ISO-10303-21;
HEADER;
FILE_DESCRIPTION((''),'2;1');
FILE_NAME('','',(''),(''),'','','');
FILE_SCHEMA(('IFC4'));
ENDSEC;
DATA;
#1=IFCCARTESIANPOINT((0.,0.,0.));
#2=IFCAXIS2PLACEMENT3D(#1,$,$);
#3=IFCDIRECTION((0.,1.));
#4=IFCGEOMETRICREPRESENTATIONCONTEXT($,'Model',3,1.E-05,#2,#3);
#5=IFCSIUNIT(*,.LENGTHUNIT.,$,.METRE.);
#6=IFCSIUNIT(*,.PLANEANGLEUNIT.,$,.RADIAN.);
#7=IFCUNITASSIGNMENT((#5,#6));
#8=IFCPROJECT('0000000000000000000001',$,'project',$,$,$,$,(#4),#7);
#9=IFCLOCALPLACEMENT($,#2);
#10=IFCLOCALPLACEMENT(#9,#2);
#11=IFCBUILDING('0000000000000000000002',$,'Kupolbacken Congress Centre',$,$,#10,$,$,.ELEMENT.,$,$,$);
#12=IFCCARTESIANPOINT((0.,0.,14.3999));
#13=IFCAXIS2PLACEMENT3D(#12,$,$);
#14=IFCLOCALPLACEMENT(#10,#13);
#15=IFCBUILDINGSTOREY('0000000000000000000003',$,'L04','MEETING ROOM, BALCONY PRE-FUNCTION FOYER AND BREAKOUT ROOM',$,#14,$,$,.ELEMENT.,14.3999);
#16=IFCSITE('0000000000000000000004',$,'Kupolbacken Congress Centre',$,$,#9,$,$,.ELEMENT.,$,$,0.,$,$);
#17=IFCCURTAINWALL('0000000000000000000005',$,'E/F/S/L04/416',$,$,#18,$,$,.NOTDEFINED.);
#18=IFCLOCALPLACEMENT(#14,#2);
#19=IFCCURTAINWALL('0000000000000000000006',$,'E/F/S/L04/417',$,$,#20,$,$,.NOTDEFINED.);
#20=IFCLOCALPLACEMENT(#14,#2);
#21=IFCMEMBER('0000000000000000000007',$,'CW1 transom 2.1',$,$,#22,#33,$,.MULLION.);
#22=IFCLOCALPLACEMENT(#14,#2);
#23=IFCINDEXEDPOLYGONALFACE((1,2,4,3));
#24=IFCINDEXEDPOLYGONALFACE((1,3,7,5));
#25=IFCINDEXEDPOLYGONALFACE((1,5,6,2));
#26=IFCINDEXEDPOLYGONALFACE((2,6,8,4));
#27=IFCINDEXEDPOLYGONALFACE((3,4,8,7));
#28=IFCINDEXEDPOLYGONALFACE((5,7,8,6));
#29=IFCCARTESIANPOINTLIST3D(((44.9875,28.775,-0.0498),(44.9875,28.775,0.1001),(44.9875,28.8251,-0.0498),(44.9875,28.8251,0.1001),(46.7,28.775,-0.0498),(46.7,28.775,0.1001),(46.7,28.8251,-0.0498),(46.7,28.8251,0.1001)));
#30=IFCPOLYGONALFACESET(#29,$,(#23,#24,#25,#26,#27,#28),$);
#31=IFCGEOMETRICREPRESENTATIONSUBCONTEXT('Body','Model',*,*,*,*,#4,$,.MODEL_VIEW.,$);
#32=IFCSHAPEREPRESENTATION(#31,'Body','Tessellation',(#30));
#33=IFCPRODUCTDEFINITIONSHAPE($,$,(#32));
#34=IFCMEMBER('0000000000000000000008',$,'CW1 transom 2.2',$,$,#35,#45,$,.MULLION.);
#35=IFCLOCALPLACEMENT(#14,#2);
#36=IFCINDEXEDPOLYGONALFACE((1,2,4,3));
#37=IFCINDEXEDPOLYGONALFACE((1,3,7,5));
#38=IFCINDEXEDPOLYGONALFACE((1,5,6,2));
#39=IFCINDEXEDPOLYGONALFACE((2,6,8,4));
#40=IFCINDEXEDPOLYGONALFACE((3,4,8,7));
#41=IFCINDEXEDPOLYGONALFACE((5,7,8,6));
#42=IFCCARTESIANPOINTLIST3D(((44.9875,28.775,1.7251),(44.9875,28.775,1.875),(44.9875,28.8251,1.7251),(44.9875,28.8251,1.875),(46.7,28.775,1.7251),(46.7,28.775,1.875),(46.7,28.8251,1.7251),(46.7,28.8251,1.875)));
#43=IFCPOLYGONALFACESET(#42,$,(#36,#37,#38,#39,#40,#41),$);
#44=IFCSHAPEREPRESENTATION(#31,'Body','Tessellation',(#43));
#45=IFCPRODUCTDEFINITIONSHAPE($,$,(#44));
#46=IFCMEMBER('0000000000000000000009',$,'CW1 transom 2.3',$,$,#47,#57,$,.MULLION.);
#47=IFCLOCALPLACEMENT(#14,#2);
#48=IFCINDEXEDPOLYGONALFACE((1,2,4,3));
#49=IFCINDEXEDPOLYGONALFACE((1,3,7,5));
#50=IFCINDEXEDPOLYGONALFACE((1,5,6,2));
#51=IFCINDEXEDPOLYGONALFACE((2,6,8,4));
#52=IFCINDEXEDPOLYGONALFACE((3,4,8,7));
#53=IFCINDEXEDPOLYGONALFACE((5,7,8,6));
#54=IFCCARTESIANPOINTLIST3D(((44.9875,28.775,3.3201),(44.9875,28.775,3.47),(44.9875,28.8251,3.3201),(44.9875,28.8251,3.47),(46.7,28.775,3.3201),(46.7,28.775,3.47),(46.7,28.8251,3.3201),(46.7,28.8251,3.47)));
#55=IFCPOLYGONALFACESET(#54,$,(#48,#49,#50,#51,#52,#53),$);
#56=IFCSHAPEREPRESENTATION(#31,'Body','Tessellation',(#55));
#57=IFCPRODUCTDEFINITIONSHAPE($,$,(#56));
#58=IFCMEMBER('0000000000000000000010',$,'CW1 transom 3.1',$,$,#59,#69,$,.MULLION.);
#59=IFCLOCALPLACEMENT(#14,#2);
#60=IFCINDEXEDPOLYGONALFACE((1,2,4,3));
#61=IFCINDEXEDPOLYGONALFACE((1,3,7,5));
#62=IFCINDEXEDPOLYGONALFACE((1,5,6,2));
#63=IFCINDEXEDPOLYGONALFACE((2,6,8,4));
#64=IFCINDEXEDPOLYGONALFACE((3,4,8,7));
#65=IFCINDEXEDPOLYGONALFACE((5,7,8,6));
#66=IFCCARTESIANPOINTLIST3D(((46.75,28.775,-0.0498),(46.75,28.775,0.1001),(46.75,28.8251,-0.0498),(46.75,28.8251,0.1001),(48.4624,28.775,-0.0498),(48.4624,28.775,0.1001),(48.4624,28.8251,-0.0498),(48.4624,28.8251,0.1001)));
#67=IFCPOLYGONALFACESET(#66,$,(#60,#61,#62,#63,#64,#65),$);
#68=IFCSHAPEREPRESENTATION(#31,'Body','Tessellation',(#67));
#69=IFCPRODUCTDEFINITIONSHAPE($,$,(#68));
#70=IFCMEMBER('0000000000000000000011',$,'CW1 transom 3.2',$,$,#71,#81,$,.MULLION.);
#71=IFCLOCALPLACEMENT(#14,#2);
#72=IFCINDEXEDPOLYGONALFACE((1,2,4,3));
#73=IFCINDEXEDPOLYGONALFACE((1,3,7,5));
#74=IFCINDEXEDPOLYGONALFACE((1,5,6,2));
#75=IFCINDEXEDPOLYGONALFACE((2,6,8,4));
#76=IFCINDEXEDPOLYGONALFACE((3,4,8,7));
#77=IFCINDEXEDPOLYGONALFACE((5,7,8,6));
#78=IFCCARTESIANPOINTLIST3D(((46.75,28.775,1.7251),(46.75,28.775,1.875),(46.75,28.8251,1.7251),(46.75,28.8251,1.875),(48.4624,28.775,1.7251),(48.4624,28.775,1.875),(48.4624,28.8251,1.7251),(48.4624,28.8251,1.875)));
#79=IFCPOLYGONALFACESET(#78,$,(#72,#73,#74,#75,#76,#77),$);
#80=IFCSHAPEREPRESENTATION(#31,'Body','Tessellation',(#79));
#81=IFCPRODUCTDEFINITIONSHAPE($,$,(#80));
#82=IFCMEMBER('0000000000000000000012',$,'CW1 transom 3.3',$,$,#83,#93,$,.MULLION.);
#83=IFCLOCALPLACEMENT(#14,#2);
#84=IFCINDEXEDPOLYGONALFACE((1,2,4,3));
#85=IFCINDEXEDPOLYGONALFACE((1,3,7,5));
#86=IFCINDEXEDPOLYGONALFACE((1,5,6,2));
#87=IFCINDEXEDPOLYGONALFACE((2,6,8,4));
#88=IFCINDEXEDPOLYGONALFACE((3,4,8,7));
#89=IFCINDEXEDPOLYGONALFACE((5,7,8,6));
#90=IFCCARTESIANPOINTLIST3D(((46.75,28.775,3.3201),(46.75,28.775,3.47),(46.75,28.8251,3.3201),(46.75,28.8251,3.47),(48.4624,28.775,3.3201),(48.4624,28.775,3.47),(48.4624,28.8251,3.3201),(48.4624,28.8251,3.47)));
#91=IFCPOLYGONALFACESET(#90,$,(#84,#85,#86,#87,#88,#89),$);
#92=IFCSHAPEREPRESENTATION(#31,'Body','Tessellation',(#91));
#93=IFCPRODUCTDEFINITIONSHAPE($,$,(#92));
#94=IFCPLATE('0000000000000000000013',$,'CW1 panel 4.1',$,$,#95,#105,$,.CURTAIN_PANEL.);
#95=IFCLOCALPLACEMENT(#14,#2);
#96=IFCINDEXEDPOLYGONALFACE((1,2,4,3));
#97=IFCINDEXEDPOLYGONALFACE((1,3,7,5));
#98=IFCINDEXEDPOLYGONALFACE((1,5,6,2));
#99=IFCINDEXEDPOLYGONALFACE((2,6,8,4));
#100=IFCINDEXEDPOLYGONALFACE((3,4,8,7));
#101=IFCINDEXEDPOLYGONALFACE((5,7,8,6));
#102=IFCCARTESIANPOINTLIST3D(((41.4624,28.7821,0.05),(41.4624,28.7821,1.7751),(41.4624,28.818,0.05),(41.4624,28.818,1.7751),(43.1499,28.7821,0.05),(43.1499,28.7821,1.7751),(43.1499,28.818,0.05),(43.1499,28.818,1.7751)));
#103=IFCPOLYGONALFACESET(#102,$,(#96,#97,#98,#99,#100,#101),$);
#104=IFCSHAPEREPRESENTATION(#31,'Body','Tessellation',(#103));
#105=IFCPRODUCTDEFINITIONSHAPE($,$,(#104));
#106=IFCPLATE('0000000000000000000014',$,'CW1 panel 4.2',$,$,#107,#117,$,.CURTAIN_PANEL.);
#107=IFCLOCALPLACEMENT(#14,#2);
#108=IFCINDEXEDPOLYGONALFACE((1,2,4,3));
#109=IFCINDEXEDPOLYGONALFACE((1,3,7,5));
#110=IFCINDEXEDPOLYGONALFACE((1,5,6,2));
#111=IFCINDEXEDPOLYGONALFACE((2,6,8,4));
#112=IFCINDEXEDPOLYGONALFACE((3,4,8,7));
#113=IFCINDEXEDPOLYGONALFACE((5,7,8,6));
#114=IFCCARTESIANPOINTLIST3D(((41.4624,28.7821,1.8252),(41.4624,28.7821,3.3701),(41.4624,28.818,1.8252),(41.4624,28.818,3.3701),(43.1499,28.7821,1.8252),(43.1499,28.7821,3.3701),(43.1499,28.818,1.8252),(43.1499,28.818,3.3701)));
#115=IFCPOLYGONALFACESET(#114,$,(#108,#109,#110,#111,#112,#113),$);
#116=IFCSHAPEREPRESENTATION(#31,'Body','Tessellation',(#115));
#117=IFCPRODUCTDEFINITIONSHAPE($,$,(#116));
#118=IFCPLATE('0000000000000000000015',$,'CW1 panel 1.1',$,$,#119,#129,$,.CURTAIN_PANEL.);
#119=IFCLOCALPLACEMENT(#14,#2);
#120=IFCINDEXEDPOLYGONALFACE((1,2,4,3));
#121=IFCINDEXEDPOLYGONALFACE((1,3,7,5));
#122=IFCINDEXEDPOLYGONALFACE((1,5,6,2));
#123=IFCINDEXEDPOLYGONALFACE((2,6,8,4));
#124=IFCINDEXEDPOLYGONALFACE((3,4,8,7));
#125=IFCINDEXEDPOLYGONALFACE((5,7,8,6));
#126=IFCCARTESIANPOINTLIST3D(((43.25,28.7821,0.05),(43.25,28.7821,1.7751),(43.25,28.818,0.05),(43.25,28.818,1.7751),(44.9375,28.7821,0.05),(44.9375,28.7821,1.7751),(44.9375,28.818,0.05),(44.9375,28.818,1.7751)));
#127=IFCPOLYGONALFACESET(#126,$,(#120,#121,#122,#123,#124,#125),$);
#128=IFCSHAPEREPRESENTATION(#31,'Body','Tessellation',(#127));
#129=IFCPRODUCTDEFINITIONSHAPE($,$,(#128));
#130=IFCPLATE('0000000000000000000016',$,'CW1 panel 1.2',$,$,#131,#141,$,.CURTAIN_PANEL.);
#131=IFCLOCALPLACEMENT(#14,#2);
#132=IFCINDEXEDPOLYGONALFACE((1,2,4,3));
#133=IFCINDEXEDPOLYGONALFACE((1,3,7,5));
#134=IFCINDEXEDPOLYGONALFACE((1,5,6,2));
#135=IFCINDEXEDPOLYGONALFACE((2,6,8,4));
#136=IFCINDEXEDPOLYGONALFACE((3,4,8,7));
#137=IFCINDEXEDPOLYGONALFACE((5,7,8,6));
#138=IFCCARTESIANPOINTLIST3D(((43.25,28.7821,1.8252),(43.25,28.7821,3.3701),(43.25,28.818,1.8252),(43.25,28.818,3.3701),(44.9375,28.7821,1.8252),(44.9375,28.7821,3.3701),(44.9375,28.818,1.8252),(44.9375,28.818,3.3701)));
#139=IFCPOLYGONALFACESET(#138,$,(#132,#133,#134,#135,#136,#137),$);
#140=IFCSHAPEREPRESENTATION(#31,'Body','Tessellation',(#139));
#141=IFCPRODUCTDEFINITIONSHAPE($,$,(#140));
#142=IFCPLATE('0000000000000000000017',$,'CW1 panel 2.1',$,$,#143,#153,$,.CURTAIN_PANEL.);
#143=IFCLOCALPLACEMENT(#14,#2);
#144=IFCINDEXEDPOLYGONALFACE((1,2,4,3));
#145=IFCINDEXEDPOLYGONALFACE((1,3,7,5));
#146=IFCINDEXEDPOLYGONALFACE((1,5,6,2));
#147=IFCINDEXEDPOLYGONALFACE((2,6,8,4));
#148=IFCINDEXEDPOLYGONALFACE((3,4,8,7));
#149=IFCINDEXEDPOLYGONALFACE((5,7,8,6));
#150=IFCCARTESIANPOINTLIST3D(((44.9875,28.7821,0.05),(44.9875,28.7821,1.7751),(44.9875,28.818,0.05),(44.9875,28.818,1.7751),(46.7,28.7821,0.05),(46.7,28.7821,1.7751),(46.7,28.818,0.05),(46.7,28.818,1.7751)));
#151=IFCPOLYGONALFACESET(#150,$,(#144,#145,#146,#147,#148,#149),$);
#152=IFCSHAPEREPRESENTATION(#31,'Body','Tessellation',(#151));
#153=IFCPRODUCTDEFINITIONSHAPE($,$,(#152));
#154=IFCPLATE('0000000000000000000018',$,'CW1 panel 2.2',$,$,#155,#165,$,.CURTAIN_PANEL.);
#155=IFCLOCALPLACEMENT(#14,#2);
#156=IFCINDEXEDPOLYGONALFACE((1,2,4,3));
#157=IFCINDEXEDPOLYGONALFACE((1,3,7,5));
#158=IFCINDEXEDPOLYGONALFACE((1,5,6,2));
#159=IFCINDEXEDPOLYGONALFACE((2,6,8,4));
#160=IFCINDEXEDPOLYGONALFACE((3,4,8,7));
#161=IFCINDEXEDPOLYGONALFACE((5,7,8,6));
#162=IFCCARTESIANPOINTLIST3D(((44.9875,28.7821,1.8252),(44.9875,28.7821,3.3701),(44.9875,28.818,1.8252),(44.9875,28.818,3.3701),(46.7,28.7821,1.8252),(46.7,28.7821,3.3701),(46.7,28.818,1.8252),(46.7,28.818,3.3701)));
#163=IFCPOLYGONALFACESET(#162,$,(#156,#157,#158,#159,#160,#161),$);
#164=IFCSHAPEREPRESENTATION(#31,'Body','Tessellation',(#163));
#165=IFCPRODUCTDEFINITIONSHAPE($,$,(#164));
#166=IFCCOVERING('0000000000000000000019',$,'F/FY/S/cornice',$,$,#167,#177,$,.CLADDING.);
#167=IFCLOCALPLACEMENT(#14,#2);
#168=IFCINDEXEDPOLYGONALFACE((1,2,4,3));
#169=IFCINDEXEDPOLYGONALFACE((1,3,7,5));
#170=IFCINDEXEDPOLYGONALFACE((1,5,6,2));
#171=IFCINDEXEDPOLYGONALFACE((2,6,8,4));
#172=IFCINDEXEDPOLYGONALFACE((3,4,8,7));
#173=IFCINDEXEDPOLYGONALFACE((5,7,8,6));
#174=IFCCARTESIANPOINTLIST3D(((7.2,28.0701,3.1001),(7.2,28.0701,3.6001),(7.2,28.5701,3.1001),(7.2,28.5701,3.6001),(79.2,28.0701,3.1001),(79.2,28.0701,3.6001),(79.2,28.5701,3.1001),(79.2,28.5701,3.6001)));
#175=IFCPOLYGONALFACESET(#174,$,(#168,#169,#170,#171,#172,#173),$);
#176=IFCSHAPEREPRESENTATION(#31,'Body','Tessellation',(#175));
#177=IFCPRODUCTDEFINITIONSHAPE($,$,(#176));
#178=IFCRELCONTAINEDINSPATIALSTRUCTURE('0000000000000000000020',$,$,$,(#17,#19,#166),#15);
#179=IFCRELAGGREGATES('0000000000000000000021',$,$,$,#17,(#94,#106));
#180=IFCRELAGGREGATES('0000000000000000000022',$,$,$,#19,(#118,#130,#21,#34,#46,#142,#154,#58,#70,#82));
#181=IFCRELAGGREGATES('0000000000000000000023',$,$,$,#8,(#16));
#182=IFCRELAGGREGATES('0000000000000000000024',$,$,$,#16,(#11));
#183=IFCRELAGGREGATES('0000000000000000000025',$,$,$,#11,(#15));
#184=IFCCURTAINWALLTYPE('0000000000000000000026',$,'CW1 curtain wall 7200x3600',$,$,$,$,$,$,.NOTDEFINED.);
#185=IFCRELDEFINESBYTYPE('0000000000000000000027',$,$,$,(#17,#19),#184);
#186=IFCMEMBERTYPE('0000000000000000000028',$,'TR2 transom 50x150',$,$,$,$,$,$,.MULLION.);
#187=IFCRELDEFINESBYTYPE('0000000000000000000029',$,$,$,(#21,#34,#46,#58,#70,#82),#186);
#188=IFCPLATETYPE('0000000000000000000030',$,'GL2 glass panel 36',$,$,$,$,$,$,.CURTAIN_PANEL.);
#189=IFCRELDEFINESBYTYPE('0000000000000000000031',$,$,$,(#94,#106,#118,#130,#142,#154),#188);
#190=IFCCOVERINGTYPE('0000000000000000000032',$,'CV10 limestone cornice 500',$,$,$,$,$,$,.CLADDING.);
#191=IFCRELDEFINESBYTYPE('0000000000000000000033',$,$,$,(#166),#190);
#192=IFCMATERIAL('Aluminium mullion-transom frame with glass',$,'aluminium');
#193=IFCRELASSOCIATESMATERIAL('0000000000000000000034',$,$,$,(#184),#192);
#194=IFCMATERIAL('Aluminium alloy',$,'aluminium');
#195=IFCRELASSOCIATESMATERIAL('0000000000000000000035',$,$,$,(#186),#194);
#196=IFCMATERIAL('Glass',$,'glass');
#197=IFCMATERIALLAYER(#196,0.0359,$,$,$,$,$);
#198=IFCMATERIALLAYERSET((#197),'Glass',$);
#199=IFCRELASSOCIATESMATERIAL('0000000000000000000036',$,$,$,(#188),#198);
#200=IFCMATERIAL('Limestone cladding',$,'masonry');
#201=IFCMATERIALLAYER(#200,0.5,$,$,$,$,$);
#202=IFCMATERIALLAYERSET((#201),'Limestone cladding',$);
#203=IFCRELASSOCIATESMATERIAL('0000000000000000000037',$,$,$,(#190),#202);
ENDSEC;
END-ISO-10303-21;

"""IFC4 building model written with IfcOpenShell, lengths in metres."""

from ifc_helpers import new_model, si_unit, direction, frame, origin, origin_2d, place, context, subcontext, project, spatial, rectangle, extrude, material, layer, layer_set, material_profile, profile_set, type_object, element, aggregate, save


model = new_model("IFC4")

# Units and contexts
model_context = context("Model", 3, precision=1e-05, world=origin(), true_north=direction((0.0, 1.0)))
body_context = subcontext(model_context, "Body", "Model", "MODEL_VIEW")
ifc_project = project(units=[si_unit("LENGTHUNIT", "METRE"), si_unit("PLANEANGLEUNIT", "RADIAN")], contexts=[model_context])

# Site, building, storey
site_placement = place(None, origin())
site = spatial("IfcSite", under=ifc_project, at=site_placement, Name="Kupolbacken Congress Centre", CompositionType="ELEMENT", RefElevation=0.0)
building_placement = place(site_placement, origin())
building = spatial("IfcBuilding", under=site, at=building_placement, Name="Kupolbacken Congress Centre", CompositionType="ELEMENT")
storey_placement = place(building_placement, frame((0.0, 0.0, 14.3999)))
storey = spatial("IfcBuildingStorey", under=building, at=storey_placement, Name="L04", Description="MEETING ROOM, BALCONY PRE-FUNCTION FOYER AND BREAKOUT ROOM", CompositionType="ELEMENT", Elevation=14.3999)

# Curtain wall
ifc_material_1 = material(Name="Aluminium mullion-transom frame with glass", Category="aluminium")
curtain_wall_type = type_object("IfcCurtainWallType", Name="CW1 curtain wall 7200x3600", PredefinedType="NOTDEFINED", material=ifc_material_1)
curtain_wall_1_placement = place(storey_placement, origin())
curtain_wall_1 = element("IfcCurtainWall", 1, at=curtain_wall_1_placement, inside=storey, type_object=curtain_wall_type, Name="E/F/S/L04/416", PredefinedType="NOTDEFINED")

# Curtain wall, members
curtain_wall_2_placement = place(storey_placement, origin())
curtain_wall_2 = element("IfcCurtainWall", 2, at=curtain_wall_2_placement, inside=storey, type_object=curtain_wall_type, Name="E/F/S/L04/417", PredefinedType="NOTDEFINED")
ifc_material_2 = material(Name="Aluminium alloy", Category="aluminium")
ifc_material_profile_1 = material_profile(ifc_material_2, rectangle(XDim=0.05, YDim=0.1499, at=origin_2d()), Name="50 x 150")
ifc_profile_set_1 = profile_set([ifc_material_profile_1], Name="Aluminium alloy")
member_type_1 = type_object("IfcMemberType", Name="TR2 transom 50x150", PredefinedType="MULLION", material=ifc_profile_set_1)
member_1_placement = place(storey_placement, frame((44.9875, 28.8, 0.0251), z_axis=(1.0, 0.0, 0.0), x_axis=(0.0, 1.0, 0.0)))
member_1 = element("IfcMember", 3, at=member_1_placement, type_object=member_type_1, Name="CW1 transom 2.1", PredefinedType="MULLION", context=body_context, shape_type="SweptSolid", body=[
    extrude(rectangle(XDim=0.05, YDim=0.1499, at=origin_2d()), origin(), (0.0, 0.0, 1.0), 1.7124),
])
member_2_placement = place(storey_placement, frame((44.9875, 28.8, 1.8), z_axis=(1.0, 0.0, 0.0), x_axis=(0.0, 1.0, 0.0)))
member_2 = element("IfcMember", 4, at=member_2_placement, type_object=member_type_1, Name="CW1 transom 2.2", PredefinedType="MULLION", context=body_context, shape_type="SweptSolid", body=[
    extrude(rectangle(XDim=0.05, YDim=0.1499, at=origin_2d()), origin(), (0.0, 0.0, 1.0), 1.7124),
])
member_3_placement = place(storey_placement, frame((44.9875, 28.8, 3.395), z_axis=(1.0, 0.0, 0.0), x_axis=(0.0, 1.0, 0.0)))
member_3 = element("IfcMember", 5, at=member_3_placement, type_object=member_type_1, Name="CW1 transom 2.3", PredefinedType="MULLION", context=body_context, shape_type="SweptSolid", body=[
    extrude(rectangle(XDim=0.05, YDim=0.1499, at=origin_2d()), origin(), (0.0, 0.0, 1.0), 1.7124),
])
member_4_placement = place(storey_placement, frame((46.75, 28.8, 0.0251), z_axis=(1.0, 0.0, 0.0), x_axis=(0.0, 1.0, 0.0)))
member_4 = element("IfcMember", 6, at=member_4_placement, type_object=member_type_1, Name="CW1 transom 3.1", PredefinedType="MULLION", context=body_context, shape_type="SweptSolid", body=[
    extrude(rectangle(XDim=0.05, YDim=0.1499, at=origin_2d()), origin(), (0.0, 0.0, 1.0), 1.7124),
])
member_5_placement = place(storey_placement, frame((46.75, 28.8, 1.8), z_axis=(1.0, 0.0, 0.0), x_axis=(0.0, 1.0, 0.0)))
member_5 = element("IfcMember", 7, at=member_5_placement, type_object=member_type_1, Name="CW1 transom 3.2", PredefinedType="MULLION", context=body_context, shape_type="SweptSolid", body=[
    extrude(rectangle(XDim=0.05, YDim=0.1499, at=origin_2d()), origin(), (0.0, 0.0, 1.0), 1.7124),
])
member_6_placement = place(storey_placement, frame((46.75, 28.8, 3.395), z_axis=(1.0, 0.0, 0.0), x_axis=(0.0, 1.0, 0.0)))
member_6 = element("IfcMember", 8, at=member_6_placement, type_object=member_type_1, Name="CW1 transom 3.3", PredefinedType="MULLION", context=body_context, shape_type="SweptSolid", body=[
    extrude(rectangle(XDim=0.05, YDim=0.1499, at=origin_2d()), origin(), (0.0, 0.0, 1.0), 1.7124),
])

# Plates
ifc_material_3 = material(Name="Glass", Category="glass")
ifc_layer_1 = layer(ifc_material_3, 0.0359)
ifc_layer_set_1 = layer_set([ifc_layer_1], Name="Glass")
plate_type = type_object("IfcPlateType", Name="GL2 glass panel 36", PredefinedType="CURTAIN_PANEL", material=ifc_layer_set_1)
plate_1_placement = place(storey_placement, frame((42.3062, 28.8, 0.05), z_axis=(0.0, 0.0, 1.0), x_axis=(1.0, 0.0, 0.0)))
plate_1 = element("IfcPlate", 9, at=plate_1_placement, type_object=plate_type, Name="CW1 panel 4.1", PredefinedType="CURTAIN_PANEL", context=body_context, shape_type="SweptSolid", body=[
    extrude(rectangle(XDim=1.6875, YDim=0.0359, at=origin_2d()), origin(), (0.0, 0.0, 1.0), 1.7251),
])
plate_2_placement = place(storey_placement, frame((42.3062, 28.8, 1.8252), z_axis=(0.0, 0.0, 1.0), x_axis=(1.0, 0.0, 0.0)))
plate_2 = element("IfcPlate", 10, at=plate_2_placement, type_object=plate_type, Name="CW1 panel 4.2", PredefinedType="CURTAIN_PANEL", context=body_context, shape_type="SweptSolid", body=[
    extrude(rectangle(XDim=1.6875, YDim=0.0359, at=origin_2d()), origin(), (0.0, 0.0, 1.0), 1.5449),
])
aggregate(curtain_wall_1, [plate_1, plate_2])
plate_3_placement = place(storey_placement, frame((44.0938, 28.8, 0.05), z_axis=(0.0, 0.0, 1.0), x_axis=(1.0, 0.0, 0.0)))
plate_3 = element("IfcPlate", 11, at=plate_3_placement, type_object=plate_type, Name="CW1 panel 1.1", PredefinedType="CURTAIN_PANEL", context=body_context, shape_type="SweptSolid", body=[
    extrude(rectangle(XDim=1.6875, YDim=0.0359, at=origin_2d()), origin(), (0.0, 0.0, 1.0), 1.7251),
])
plate_4_placement = place(storey_placement, frame((44.0938, 28.8, 1.8252), z_axis=(0.0, 0.0, 1.0), x_axis=(1.0, 0.0, 0.0)))
plate_4 = element("IfcPlate", 12, at=plate_4_placement, type_object=plate_type, Name="CW1 panel 1.2", PredefinedType="CURTAIN_PANEL", context=body_context, shape_type="SweptSolid", body=[
    extrude(rectangle(XDim=1.6875, YDim=0.0359, at=origin_2d()), origin(), (0.0, 0.0, 1.0), 1.5449),
])
plate_5_placement = place(storey_placement, frame((45.8438, 28.8, 0.05), z_axis=(0.0, 0.0, 1.0), x_axis=(1.0, 0.0, 0.0)))
plate_5 = element("IfcPlate", 13, at=plate_5_placement, type_object=plate_type, Name="CW1 panel 2.1", PredefinedType="CURTAIN_PANEL", context=body_context, shape_type="SweptSolid", body=[
    extrude(rectangle(XDim=1.7124, YDim=0.0359, at=origin_2d()), origin(), (0.0, 0.0, 1.0), 1.7251),
])
plate_6_placement = place(storey_placement, frame((45.8438, 28.8, 1.8252), z_axis=(0.0, 0.0, 1.0), x_axis=(1.0, 0.0, 0.0)))
plate_6 = element("IfcPlate", 14, at=plate_6_placement, type_object=plate_type, Name="CW1 panel 2.2", PredefinedType="CURTAIN_PANEL", context=body_context, shape_type="SweptSolid", body=[
    extrude(rectangle(XDim=1.7124, YDim=0.0359, at=origin_2d()), origin(), (0.0, 0.0, 1.0), 1.5449),
])
aggregate(curtain_wall_2, [plate_3, plate_4, member_1, member_2, member_3, plate_5, plate_6, member_4, member_5, member_6])

# Covering
ifc_material_4 = material(Name="Limestone cladding", Category="masonry")
ifc_layer_2 = layer(ifc_material_4, 0.5)
ifc_layer_set_2 = layer_set([ifc_layer_2], Name="Limestone cladding")
covering_type = type_object("IfcCoveringType", Name="CV10 limestone cornice 500", PredefinedType="CLADDING", material=ifc_layer_set_2)
covering_placement = place(storey_placement, frame((43.2, 28.3201, 3.1001), z_axis=(0.0, 0.0, 1.0), x_axis=(1.0, 0.0, 0.0)))
element("IfcCovering", 15, at=covering_placement, inside=storey, type_object=covering_type, Name="F/FY/S/cornice", PredefinedType="CLADDING", context=body_context, shape_type="SweptSolid", body=[
    extrude(rectangle(XDim=72.0, YDim=0.5, at=origin_2d()), origin(), (0.0, 0.0, 1.0), 0.5),
])

save(model, "model.ifc")
